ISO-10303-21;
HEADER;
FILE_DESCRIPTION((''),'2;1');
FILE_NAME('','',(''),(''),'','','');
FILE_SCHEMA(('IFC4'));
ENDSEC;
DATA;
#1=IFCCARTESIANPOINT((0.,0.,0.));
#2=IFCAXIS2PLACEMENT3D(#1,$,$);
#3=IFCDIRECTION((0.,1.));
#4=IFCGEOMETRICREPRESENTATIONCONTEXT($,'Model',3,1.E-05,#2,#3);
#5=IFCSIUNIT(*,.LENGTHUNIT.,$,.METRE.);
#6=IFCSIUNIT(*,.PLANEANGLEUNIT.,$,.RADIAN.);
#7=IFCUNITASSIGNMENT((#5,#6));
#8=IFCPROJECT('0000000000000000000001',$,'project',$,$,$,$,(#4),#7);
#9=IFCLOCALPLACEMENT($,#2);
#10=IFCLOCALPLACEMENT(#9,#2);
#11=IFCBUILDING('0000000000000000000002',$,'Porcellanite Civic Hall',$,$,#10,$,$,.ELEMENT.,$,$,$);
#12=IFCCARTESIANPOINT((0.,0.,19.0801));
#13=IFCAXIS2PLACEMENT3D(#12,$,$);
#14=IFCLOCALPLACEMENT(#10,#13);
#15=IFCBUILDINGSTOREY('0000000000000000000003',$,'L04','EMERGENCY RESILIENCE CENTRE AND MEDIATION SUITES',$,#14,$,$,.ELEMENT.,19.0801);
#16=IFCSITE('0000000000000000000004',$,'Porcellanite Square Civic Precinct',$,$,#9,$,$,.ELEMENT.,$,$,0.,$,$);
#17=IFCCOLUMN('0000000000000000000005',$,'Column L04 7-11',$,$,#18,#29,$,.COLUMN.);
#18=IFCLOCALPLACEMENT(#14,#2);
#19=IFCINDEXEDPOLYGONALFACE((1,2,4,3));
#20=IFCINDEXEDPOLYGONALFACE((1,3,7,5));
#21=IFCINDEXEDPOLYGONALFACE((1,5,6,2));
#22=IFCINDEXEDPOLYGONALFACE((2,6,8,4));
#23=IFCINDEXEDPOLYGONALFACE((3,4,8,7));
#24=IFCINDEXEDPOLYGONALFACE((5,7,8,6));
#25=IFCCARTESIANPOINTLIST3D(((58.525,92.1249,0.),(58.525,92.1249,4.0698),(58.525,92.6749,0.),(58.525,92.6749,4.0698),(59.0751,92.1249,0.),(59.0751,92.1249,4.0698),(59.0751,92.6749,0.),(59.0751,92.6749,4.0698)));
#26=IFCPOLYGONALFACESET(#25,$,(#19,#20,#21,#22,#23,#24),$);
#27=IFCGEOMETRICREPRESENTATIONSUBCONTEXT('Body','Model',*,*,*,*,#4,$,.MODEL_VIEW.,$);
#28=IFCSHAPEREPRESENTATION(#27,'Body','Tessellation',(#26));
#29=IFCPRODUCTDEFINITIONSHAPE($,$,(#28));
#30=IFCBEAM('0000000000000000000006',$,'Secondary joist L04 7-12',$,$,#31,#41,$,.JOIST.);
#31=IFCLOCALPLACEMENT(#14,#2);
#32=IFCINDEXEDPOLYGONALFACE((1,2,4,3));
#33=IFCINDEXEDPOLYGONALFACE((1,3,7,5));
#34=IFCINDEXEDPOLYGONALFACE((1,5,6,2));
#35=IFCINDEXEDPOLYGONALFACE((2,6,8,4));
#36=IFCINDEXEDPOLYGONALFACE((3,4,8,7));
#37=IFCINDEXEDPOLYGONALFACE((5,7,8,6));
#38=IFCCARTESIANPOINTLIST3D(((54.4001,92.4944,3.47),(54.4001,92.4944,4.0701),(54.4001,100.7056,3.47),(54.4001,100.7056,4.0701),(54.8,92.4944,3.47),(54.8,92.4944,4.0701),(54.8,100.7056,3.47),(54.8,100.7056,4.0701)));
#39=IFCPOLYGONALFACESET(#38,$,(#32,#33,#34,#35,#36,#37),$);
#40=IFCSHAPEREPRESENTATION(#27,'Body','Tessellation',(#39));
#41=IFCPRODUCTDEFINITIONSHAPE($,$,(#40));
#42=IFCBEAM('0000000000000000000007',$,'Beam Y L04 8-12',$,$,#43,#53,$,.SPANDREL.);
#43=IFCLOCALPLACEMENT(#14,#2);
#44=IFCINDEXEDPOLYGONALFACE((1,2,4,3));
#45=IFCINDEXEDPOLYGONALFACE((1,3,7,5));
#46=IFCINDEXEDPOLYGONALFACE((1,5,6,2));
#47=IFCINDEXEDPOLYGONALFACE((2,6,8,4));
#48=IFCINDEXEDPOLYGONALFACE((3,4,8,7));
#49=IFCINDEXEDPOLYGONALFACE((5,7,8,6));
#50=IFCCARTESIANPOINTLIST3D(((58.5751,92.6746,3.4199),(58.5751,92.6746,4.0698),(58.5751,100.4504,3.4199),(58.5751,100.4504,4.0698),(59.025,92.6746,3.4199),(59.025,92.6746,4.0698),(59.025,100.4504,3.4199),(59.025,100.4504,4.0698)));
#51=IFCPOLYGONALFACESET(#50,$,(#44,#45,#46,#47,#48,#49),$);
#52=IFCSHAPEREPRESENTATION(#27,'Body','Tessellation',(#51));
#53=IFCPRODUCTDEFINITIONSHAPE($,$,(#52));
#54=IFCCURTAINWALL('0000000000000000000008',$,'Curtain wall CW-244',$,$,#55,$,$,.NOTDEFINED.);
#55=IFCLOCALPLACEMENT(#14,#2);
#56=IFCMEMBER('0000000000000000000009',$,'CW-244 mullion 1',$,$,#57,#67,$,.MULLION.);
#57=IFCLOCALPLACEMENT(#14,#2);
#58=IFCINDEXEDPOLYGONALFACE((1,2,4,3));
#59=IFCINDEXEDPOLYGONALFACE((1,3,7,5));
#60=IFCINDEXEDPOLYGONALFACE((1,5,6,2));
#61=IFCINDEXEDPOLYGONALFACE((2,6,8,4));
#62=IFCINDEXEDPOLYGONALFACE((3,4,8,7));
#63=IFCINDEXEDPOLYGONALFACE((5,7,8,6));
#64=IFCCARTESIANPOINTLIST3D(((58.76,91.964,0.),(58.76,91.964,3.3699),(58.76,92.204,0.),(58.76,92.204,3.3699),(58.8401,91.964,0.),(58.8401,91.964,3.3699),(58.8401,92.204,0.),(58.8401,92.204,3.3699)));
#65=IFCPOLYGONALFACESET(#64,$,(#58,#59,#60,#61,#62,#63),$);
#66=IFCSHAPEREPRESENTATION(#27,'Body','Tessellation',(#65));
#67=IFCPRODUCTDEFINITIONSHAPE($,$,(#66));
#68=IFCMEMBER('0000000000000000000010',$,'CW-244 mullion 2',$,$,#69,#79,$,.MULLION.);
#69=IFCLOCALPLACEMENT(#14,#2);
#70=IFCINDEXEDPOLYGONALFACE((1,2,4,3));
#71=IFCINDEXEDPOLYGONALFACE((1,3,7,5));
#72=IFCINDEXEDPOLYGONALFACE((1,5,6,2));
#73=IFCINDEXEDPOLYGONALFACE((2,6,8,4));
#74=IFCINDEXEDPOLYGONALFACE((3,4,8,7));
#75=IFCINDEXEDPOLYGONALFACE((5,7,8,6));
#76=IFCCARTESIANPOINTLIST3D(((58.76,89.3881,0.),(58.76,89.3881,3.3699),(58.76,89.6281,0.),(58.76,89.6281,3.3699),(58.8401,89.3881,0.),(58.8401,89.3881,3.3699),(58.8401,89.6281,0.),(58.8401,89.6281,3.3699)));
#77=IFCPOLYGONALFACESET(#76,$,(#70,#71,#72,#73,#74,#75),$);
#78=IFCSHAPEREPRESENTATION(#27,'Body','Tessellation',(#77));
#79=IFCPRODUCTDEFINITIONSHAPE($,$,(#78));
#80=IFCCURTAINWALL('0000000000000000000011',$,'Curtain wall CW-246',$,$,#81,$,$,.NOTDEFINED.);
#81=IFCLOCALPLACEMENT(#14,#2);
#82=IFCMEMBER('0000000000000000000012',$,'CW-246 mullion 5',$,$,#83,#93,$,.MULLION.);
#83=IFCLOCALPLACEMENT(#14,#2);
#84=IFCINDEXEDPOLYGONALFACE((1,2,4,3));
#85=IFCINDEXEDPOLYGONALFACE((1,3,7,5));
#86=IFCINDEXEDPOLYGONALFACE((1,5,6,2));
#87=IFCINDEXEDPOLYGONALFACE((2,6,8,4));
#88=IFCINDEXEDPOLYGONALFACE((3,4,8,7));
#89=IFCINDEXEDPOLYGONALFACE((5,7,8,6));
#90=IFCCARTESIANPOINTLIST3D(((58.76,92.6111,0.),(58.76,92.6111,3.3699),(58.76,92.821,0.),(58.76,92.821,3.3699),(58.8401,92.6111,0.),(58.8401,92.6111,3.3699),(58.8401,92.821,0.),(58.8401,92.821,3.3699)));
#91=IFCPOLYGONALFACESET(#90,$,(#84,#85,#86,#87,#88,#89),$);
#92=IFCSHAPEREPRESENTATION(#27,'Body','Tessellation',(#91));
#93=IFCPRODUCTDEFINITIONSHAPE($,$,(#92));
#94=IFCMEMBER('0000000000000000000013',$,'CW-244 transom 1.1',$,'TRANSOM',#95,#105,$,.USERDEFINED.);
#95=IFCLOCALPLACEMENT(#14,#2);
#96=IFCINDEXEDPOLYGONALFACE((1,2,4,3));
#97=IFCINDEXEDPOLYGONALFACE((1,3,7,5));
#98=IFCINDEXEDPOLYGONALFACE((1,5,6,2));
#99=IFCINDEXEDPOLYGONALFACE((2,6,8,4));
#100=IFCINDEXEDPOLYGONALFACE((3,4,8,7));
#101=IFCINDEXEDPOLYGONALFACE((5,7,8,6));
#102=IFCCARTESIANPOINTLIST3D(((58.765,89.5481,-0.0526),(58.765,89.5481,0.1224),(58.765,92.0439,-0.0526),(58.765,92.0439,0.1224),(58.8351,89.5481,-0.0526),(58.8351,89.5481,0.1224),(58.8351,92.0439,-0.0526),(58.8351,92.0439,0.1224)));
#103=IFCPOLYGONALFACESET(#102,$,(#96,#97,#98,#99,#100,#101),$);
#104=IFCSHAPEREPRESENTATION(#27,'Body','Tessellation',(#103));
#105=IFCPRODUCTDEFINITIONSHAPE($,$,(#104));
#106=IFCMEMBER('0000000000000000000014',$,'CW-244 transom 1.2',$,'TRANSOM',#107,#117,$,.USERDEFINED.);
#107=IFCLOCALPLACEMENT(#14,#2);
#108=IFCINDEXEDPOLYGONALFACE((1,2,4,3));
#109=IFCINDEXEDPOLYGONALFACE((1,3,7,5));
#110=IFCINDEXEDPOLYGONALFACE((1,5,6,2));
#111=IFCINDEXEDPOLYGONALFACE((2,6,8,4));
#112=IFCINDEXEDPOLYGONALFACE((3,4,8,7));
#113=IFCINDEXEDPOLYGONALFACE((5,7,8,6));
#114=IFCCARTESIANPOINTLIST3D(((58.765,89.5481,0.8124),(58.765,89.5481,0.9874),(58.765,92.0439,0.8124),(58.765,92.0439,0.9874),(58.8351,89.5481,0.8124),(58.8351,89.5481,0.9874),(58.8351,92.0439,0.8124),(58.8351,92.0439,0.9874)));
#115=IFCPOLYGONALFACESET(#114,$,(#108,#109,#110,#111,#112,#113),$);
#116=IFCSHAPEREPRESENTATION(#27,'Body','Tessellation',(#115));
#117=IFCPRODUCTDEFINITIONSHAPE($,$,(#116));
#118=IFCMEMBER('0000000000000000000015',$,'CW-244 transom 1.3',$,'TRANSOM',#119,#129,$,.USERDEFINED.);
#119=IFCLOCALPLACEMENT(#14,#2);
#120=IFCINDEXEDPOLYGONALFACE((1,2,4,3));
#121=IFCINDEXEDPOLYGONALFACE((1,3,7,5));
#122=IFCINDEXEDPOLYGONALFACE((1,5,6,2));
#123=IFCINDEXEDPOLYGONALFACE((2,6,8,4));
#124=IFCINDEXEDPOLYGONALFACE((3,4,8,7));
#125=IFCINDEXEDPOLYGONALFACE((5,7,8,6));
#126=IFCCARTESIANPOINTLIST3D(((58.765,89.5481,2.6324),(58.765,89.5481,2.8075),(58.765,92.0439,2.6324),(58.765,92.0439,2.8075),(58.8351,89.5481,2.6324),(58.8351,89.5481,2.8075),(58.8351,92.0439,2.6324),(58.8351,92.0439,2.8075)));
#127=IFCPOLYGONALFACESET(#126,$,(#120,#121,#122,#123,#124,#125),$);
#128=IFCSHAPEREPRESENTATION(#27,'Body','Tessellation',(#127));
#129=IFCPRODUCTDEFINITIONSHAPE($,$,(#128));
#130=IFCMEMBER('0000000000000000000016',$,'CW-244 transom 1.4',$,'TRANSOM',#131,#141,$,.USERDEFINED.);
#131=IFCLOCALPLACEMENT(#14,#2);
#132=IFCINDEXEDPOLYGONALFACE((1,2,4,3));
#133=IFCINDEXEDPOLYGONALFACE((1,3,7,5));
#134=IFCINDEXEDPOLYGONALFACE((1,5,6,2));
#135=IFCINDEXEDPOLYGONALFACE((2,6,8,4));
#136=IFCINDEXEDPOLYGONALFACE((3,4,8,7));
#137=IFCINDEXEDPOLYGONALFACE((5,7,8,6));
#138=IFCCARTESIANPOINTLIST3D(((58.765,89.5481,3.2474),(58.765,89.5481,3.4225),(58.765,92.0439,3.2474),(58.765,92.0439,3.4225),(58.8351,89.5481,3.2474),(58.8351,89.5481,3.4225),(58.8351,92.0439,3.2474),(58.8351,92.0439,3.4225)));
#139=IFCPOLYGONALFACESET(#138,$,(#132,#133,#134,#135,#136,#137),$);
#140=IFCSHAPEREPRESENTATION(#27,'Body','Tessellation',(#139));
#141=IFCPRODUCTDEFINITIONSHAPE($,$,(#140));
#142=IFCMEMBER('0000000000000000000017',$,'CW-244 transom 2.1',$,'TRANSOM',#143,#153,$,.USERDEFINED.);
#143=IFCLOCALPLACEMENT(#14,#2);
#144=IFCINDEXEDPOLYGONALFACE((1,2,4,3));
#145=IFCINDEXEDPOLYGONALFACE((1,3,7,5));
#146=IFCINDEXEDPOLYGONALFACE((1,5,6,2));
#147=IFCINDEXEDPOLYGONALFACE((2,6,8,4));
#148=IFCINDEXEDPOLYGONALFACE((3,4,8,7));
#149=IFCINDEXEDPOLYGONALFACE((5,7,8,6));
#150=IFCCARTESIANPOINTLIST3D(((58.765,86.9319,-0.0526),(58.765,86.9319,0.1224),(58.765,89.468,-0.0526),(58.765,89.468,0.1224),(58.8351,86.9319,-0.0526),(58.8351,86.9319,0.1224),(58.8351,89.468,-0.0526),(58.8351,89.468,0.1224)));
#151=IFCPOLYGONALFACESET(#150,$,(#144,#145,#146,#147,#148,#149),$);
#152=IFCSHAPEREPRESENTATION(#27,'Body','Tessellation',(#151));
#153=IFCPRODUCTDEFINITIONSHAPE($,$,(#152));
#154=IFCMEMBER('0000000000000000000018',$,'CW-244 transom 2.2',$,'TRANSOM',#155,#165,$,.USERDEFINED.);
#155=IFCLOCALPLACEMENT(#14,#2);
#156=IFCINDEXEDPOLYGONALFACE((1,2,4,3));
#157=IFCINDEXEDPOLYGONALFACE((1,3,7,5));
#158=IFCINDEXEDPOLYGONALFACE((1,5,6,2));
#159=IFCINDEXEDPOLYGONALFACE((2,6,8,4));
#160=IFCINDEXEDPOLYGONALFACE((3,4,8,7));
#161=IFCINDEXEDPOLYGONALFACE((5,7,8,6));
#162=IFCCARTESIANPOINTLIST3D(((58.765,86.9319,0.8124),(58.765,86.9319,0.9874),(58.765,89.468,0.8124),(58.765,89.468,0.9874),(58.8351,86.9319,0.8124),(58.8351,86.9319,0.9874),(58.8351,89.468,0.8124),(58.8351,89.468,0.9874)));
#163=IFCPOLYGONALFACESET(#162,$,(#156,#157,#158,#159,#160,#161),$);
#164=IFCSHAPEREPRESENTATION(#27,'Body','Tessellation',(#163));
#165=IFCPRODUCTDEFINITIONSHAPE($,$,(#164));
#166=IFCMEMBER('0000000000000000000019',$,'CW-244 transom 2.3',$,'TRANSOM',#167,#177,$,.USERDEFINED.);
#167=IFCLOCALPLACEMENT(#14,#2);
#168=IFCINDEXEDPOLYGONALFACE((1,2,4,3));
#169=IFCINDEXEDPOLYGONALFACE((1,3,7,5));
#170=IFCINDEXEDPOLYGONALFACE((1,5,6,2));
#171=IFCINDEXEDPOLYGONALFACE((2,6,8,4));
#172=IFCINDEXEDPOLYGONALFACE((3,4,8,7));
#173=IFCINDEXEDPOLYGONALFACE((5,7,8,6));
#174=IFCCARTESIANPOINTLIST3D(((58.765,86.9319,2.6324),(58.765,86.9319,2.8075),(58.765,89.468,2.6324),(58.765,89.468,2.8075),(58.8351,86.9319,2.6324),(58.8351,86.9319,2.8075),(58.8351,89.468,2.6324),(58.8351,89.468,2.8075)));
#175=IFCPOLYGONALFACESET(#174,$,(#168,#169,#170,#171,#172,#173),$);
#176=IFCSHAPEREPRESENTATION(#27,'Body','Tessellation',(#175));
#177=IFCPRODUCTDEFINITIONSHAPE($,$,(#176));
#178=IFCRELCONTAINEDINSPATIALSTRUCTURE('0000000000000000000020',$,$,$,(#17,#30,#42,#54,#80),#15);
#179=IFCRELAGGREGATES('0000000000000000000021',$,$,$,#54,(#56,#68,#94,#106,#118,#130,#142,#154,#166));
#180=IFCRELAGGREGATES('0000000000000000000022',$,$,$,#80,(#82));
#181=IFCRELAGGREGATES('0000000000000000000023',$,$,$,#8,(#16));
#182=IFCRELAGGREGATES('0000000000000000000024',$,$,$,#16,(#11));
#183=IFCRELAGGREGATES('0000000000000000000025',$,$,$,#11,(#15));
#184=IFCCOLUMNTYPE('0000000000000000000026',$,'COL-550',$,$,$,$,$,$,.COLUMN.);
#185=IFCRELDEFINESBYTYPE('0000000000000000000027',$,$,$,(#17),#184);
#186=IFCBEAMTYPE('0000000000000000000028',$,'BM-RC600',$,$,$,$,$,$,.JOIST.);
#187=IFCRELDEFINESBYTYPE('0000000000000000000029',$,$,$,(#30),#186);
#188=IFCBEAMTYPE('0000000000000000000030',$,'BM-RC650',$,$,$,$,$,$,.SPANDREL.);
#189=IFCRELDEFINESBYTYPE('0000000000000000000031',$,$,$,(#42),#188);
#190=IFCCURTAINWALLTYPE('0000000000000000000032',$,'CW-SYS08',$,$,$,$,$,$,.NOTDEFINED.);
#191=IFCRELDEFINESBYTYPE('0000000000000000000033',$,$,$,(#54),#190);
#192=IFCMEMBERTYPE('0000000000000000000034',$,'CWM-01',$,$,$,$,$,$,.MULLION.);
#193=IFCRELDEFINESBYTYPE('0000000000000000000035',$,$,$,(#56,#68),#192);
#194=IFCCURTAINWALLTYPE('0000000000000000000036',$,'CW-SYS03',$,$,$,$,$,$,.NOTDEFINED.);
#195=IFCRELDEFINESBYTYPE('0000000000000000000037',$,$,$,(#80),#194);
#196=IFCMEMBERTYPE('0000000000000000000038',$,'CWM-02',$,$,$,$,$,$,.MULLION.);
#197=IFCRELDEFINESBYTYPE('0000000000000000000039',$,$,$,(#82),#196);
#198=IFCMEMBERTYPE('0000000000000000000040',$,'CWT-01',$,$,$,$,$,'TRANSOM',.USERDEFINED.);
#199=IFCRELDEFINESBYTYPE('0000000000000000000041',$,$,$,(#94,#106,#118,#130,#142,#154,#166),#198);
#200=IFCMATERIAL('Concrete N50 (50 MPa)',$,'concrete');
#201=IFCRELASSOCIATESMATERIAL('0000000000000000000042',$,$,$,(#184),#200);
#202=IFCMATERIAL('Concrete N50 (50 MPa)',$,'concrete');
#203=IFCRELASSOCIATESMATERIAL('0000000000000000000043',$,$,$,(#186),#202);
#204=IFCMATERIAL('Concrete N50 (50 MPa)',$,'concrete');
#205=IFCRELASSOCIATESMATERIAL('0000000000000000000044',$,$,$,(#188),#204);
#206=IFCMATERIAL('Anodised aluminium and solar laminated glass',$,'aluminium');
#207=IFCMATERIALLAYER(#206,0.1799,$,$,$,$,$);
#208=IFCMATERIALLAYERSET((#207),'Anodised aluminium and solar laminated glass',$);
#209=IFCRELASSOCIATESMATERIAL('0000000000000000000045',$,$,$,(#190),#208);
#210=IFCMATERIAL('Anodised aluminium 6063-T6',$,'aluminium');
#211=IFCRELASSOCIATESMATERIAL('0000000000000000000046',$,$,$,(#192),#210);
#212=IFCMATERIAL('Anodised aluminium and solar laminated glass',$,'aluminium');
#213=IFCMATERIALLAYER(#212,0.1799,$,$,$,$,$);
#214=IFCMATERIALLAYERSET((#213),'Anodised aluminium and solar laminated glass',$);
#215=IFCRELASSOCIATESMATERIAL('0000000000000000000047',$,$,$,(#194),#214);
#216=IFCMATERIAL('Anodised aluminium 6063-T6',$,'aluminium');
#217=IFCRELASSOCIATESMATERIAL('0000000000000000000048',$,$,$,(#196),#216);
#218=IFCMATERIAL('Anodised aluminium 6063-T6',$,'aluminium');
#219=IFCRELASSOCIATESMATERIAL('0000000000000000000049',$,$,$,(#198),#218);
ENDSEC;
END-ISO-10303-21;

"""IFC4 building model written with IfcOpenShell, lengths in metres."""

from ifc_helpers import new_model, si_unit, direction, frame, origin, origin_2d, place, context, subcontext, project, spatial, rectangle, extrude, material, layer, layer_set, material_profile, profile_set, type_object, element, aggregate, save


model = new_model("IFC4")

# Units and contexts
model_context = context("Model", 3, precision=1e-05, world=origin(), true_north=direction((0.0, 1.0)))
body_context = subcontext(model_context, "Body", "Model", "MODEL_VIEW")
ifc_project = project(units=[si_unit("LENGTHUNIT", "METRE"), si_unit("PLANEANGLEUNIT", "RADIAN")], contexts=[model_context])

# Site, building, storey
site_placement = place(None, origin())
site = spatial("IfcSite", under=ifc_project, at=site_placement, Name="Porcellanite Square Civic Precinct", CompositionType="ELEMENT", RefElevation=0.0)
building_placement = place(site_placement, origin())
building = spatial("IfcBuilding", under=site, at=building_placement, Name="Porcellanite Civic Hall", CompositionType="ELEMENT")
storey_placement = place(building_placement, frame((0.0, 0.0, 19.0801)))
storey = spatial("IfcBuildingStorey", under=building, at=storey_placement, Name="L04", Description="EMERGENCY RESILIENCE CENTRE AND MEDIATION SUITES", CompositionType="ELEMENT", Elevation=19.0801)

# Column
ifc_material_1 = material(Name="Concrete N50 (50 MPa)", Category="concrete")
ifc_material_profile_1 = material_profile(ifc_material_1, rectangle(XDim=0.55, YDim=0.55, at=origin_2d()), Name="RC-550x550")
ifc_profile_set_1 = profile_set([ifc_material_profile_1], Name="Concrete N50 (50 MPa)")
column_type = type_object("IfcColumnType", Name="COL-550", PredefinedType="COLUMN", material=ifc_profile_set_1)
column_placement = place(storey_placement, frame((58.8, 92.3999, 0.0), z_axis=(0.0, 0.0, 1.0), x_axis=(1.0, 0.0, 0.0)))
element("IfcColumn", 1, at=column_placement, inside=storey, type_object=column_type, Name="Column L04 7-11", PredefinedType="COLUMN", context=body_context, shape_type="SweptSolid", body=[
    extrude(rectangle(XDim=0.55, YDim=0.55, at=origin_2d()), origin(), (0.0, 0.0, 1.0), 4.0698),
])

# Beams
ifc_material_2 = material(Name="Concrete N50 (50 MPa)", Category="concrete")
ifc_material_profile_2 = material_profile(ifc_material_2, rectangle(XDim=0.3999, YDim=0.6001, at=origin_2d()), Name="RC-400x600")
ifc_profile_set_2 = profile_set([ifc_material_profile_2], Name="Concrete N50 (50 MPa)")
beam_type_1 = type_object("IfcBeamType", Name="BM-RC600", PredefinedType="JOIST", material=ifc_profile_set_2)
beam_1_placement = place(storey_placement, frame((54.6001, 92.4944, 3.77), z_axis=(0.0, 1.0, 0.0), x_axis=(-1.0, 0.0, 0.0)))
element("IfcBeam", 2, at=beam_1_placement, inside=storey, type_object=beam_type_1, Name="Secondary joist L04 7-12", PredefinedType="JOIST", context=body_context, shape_type="SweptSolid", body=[
    extrude(rectangle(XDim=0.3999, YDim=0.6001, at=origin_2d()), origin(), (0.0, 0.0, 1.0), 8.2112),
])
ifc_material_3 = material(Name="Concrete N50 (50 MPa)", Category="concrete")
ifc_material_profile_3 = material_profile(ifc_material_3, rectangle(XDim=0.45, YDim=0.6499, at=origin_2d()), Name="RC-450x650")
ifc_profile_set_3 = profile_set([ifc_material_profile_3], Name="Concrete N50 (50 MPa)")
beam_type_2 = type_object("IfcBeamType", Name="BM-RC650", PredefinedType="SPANDREL", material=ifc_profile_set_3)
beam_2_placement = place(storey_placement, frame((58.8, 92.6746, 3.7449), z_axis=(0.0, 1.0, 0.0), x_axis=(-1.0, 0.0, 0.0)))
element("IfcBeam", 3, at=beam_2_placement, inside=storey, type_object=beam_type_2, Name="Beam Y L04 8-12", PredefinedType="SPANDREL", context=body_context, shape_type="SweptSolid", body=[
    extrude(rectangle(XDim=0.45, YDim=0.6499, at=origin_2d()), origin(), (0.0, 0.0, 1.0), 7.7759),
])

# Curtain wall, members
ifc_material_4 = material(Name="Anodised aluminium and solar laminated glass", Category="aluminium")
ifc_layer_1 = layer(ifc_material_4, 0.1799)
ifc_layer_set_1 = layer_set([ifc_layer_1], Name="Anodised aluminium and solar laminated glass")
curtain_wall_type_1 = type_object("IfcCurtainWallType", Name="CW-SYS08", PredefinedType="NOTDEFINED", material=ifc_layer_set_1)
curtain_wall_1_placement = place(storey_placement, origin())
curtain_wall_1 = element("IfcCurtainWall", 4, at=curtain_wall_1_placement, inside=storey, type_object=curtain_wall_type_1, Name="Curtain wall CW-244", PredefinedType="NOTDEFINED")
ifc_material_5 = material(Name="Anodised aluminium 6063-T6", Category="aluminium")
ifc_material_profile_4 = material_profile(ifc_material_5, rectangle(XDim=0.0801, YDim=0.24, at=origin_2d()), Name="AL-80x240")
ifc_profile_set_4 = profile_set([ifc_material_profile_4], Name="Anodised aluminium 6063-T6")
member_type_1 = type_object("IfcMemberType", Name="CWM-01", PredefinedType="MULLION", material=ifc_profile_set_4)
member_1_placement = place(storey_placement, frame((58.8, 92.084, 0.0), z_axis=(0.0, 0.0, 1.0), x_axis=(1.0, 0.0, 0.0)))
member_1 = element("IfcMember", 5, at=member_1_placement, type_object=member_type_1, Name="CW-244 mullion 1", PredefinedType="MULLION", context=body_context, shape_type="SweptSolid", body=[
    extrude(rectangle(XDim=0.0801, YDim=0.24, at=origin_2d()), origin(), (0.0, 0.0, 1.0), 3.3699),
])
member_2_placement = place(storey_placement, frame((58.8, 89.5081, 0.0), z_axis=(0.0, 0.0, 1.0), x_axis=(1.0, 0.0, 0.0)))
member_2 = element("IfcMember", 6, at=member_2_placement, type_object=member_type_1, Name="CW-244 mullion 2", PredefinedType="MULLION", context=body_context, shape_type="SweptSolid", body=[
    extrude(rectangle(XDim=0.0801, YDim=0.24, at=origin_2d()), origin(), (0.0, 0.0, 1.0), 3.3699),
])

# Curtain wall, member
ifc_material_6 = material(Name="Anodised aluminium and solar laminated glass", Category="aluminium")
ifc_layer_2 = layer(ifc_material_6, 0.1799)
ifc_layer_set_2 = layer_set([ifc_layer_2], Name="Anodised aluminium and solar laminated glass")
curtain_wall_type_2 = type_object("IfcCurtainWallType", Name="CW-SYS03", PredefinedType="NOTDEFINED", material=ifc_layer_set_2)
curtain_wall_2_placement = place(storey_placement, origin())
curtain_wall_2 = element("IfcCurtainWall", 7, at=curtain_wall_2_placement, inside=storey, type_object=curtain_wall_type_2, Name="Curtain wall CW-246", PredefinedType="NOTDEFINED")
ifc_material_7 = material(Name="Anodised aluminium 6063-T6", Category="aluminium")
ifc_material_profile_5 = material_profile(ifc_material_7, rectangle(XDim=0.0801, YDim=0.21, at=origin_2d()), Name="AL-80x210")
ifc_profile_set_5 = profile_set([ifc_material_profile_5], Name="Anodised aluminium 6063-T6")
member_type_2 = type_object("IfcMemberType", Name="CWM-02", PredefinedType="MULLION", material=ifc_profile_set_5)
member_3_placement = place(storey_placement, frame((58.8, 92.7161, 0.0), z_axis=(0.0, 0.0, 1.0), x_axis=(1.0, 0.0, 0.0)))
member_3 = element("IfcMember", 8, at=member_3_placement, type_object=member_type_2, Name="CW-246 mullion 5", PredefinedType="MULLION", context=body_context, shape_type="SweptSolid", body=[
    extrude(rectangle(XDim=0.0801, YDim=0.21, at=origin_2d()), origin(), (0.0, 0.0, 1.0), 3.3699),
])

# Members
ifc_material_8 = material(Name="Anodised aluminium 6063-T6", Category="aluminium")
ifc_material_profile_6 = material_profile(ifc_material_8, rectangle(XDim=0.0701, YDim=0.175, at=origin_2d()), Name="AL-70x175")
ifc_profile_set_6 = profile_set([ifc_material_profile_6], Name="Anodised aluminium 6063-T6")
member_type_3 = type_object("IfcMemberType", Name="CWT-01", ElementType="TRANSOM", PredefinedType="USERDEFINED", material=ifc_profile_set_6)
member_4_placement = place(storey_placement, frame((58.8, 92.0439, 0.0349), z_axis=(0.0, -1.0, 0.0), x_axis=(1.0, 0.0, 0.0)))
member_4 = element("IfcMember", 9, at=member_4_placement, type_object=member_type_3, Name="CW-244 transom 1.1", ObjectType="TRANSOM", PredefinedType="USERDEFINED", context=body_context, shape_type="SweptSolid", body=[
    extrude(rectangle(XDim=0.0701, YDim=0.175, at=origin_2d()), origin(), (0.0, 0.0, 1.0), 2.4958),
])
member_5_placement = place(storey_placement, frame((58.8, 92.0439, 0.8999), z_axis=(0.0, -1.0, 0.0), x_axis=(1.0, 0.0, 0.0)))
member_5 = element("IfcMember", 10, at=member_5_placement, type_object=member_type_3, Name="CW-244 transom 1.2", ObjectType="TRANSOM", PredefinedType="USERDEFINED", context=body_context, shape_type="SweptSolid", body=[
    extrude(rectangle(XDim=0.0701, YDim=0.175, at=origin_2d()), origin(), (0.0, 0.0, 1.0), 2.4958),
])
member_6_placement = place(storey_placement, frame((58.8, 92.0439, 2.72), z_axis=(0.0, -1.0, 0.0), x_axis=(1.0, 0.0, 0.0)))
member_6 = element("IfcMember", 11, at=member_6_placement, type_object=member_type_3, Name="CW-244 transom 1.3", ObjectType="TRANSOM", PredefinedType="USERDEFINED", context=body_context, shape_type="SweptSolid", body=[
    extrude(rectangle(XDim=0.0701, YDim=0.175, at=origin_2d()), origin(), (0.0, 0.0, 1.0), 2.4958),
])
member_7_placement = place(storey_placement, frame((58.8, 92.0439, 3.335), z_axis=(0.0, -1.0, 0.0), x_axis=(1.0, 0.0, 0.0)))
member_7 = element("IfcMember", 12, at=member_7_placement, type_object=member_type_3, Name="CW-244 transom 1.4", ObjectType="TRANSOM", PredefinedType="USERDEFINED", context=body_context, shape_type="SweptSolid", body=[
    extrude(rectangle(XDim=0.0701, YDim=0.175, at=origin_2d()), origin(), (0.0, 0.0, 1.0), 2.4958),
])
member_8_placement = place(storey_placement, frame((58.8, 89.468, 0.0349), z_axis=(0.0, -1.0, 0.0), x_axis=(1.0, 0.0, 0.0)))
member_8 = element("IfcMember", 13, at=member_8_placement, type_object=member_type_3, Name="CW-244 transom 2.1", ObjectType="TRANSOM", PredefinedType="USERDEFINED", context=body_context, shape_type="SweptSolid", body=[
    extrude(rectangle(XDim=0.0701, YDim=0.175, at=origin_2d()), origin(), (0.0, 0.0, 1.0), 2.5361),
])
member_9_placement = place(storey_placement, frame((58.8, 89.468, 0.8999), z_axis=(0.0, -1.0, 0.0), x_axis=(1.0, 0.0, 0.0)))
member_9 = element("IfcMember", 14, at=member_9_placement, type_object=member_type_3, Name="CW-244 transom 2.2", ObjectType="TRANSOM", PredefinedType="USERDEFINED", context=body_context, shape_type="SweptSolid", body=[
    extrude(rectangle(XDim=0.0701, YDim=0.175, at=origin_2d()), origin(), (0.0, 0.0, 1.0), 2.5361),
])
member_10_placement = place(storey_placement, frame((58.8, 89.468, 2.72), z_axis=(0.0, -1.0, 0.0), x_axis=(1.0, 0.0, 0.0)))
member_10 = element("IfcMember", 15, at=member_10_placement, type_object=member_type_3, Name="CW-244 transom 2.3", ObjectType="TRANSOM", PredefinedType="USERDEFINED", context=body_context, shape_type="SweptSolid", body=[
    extrude(rectangle(XDim=0.0701, YDim=0.175, at=origin_2d()), origin(), (0.0, 0.0, 1.0), 2.5361),
])

aggregate(curtain_wall_1, [member_1, member_2, member_4, member_5, member_6, member_7, member_8, member_9, member_10])
aggregate(curtain_wall_2, [member_3])

save(model, "model.ifc")
